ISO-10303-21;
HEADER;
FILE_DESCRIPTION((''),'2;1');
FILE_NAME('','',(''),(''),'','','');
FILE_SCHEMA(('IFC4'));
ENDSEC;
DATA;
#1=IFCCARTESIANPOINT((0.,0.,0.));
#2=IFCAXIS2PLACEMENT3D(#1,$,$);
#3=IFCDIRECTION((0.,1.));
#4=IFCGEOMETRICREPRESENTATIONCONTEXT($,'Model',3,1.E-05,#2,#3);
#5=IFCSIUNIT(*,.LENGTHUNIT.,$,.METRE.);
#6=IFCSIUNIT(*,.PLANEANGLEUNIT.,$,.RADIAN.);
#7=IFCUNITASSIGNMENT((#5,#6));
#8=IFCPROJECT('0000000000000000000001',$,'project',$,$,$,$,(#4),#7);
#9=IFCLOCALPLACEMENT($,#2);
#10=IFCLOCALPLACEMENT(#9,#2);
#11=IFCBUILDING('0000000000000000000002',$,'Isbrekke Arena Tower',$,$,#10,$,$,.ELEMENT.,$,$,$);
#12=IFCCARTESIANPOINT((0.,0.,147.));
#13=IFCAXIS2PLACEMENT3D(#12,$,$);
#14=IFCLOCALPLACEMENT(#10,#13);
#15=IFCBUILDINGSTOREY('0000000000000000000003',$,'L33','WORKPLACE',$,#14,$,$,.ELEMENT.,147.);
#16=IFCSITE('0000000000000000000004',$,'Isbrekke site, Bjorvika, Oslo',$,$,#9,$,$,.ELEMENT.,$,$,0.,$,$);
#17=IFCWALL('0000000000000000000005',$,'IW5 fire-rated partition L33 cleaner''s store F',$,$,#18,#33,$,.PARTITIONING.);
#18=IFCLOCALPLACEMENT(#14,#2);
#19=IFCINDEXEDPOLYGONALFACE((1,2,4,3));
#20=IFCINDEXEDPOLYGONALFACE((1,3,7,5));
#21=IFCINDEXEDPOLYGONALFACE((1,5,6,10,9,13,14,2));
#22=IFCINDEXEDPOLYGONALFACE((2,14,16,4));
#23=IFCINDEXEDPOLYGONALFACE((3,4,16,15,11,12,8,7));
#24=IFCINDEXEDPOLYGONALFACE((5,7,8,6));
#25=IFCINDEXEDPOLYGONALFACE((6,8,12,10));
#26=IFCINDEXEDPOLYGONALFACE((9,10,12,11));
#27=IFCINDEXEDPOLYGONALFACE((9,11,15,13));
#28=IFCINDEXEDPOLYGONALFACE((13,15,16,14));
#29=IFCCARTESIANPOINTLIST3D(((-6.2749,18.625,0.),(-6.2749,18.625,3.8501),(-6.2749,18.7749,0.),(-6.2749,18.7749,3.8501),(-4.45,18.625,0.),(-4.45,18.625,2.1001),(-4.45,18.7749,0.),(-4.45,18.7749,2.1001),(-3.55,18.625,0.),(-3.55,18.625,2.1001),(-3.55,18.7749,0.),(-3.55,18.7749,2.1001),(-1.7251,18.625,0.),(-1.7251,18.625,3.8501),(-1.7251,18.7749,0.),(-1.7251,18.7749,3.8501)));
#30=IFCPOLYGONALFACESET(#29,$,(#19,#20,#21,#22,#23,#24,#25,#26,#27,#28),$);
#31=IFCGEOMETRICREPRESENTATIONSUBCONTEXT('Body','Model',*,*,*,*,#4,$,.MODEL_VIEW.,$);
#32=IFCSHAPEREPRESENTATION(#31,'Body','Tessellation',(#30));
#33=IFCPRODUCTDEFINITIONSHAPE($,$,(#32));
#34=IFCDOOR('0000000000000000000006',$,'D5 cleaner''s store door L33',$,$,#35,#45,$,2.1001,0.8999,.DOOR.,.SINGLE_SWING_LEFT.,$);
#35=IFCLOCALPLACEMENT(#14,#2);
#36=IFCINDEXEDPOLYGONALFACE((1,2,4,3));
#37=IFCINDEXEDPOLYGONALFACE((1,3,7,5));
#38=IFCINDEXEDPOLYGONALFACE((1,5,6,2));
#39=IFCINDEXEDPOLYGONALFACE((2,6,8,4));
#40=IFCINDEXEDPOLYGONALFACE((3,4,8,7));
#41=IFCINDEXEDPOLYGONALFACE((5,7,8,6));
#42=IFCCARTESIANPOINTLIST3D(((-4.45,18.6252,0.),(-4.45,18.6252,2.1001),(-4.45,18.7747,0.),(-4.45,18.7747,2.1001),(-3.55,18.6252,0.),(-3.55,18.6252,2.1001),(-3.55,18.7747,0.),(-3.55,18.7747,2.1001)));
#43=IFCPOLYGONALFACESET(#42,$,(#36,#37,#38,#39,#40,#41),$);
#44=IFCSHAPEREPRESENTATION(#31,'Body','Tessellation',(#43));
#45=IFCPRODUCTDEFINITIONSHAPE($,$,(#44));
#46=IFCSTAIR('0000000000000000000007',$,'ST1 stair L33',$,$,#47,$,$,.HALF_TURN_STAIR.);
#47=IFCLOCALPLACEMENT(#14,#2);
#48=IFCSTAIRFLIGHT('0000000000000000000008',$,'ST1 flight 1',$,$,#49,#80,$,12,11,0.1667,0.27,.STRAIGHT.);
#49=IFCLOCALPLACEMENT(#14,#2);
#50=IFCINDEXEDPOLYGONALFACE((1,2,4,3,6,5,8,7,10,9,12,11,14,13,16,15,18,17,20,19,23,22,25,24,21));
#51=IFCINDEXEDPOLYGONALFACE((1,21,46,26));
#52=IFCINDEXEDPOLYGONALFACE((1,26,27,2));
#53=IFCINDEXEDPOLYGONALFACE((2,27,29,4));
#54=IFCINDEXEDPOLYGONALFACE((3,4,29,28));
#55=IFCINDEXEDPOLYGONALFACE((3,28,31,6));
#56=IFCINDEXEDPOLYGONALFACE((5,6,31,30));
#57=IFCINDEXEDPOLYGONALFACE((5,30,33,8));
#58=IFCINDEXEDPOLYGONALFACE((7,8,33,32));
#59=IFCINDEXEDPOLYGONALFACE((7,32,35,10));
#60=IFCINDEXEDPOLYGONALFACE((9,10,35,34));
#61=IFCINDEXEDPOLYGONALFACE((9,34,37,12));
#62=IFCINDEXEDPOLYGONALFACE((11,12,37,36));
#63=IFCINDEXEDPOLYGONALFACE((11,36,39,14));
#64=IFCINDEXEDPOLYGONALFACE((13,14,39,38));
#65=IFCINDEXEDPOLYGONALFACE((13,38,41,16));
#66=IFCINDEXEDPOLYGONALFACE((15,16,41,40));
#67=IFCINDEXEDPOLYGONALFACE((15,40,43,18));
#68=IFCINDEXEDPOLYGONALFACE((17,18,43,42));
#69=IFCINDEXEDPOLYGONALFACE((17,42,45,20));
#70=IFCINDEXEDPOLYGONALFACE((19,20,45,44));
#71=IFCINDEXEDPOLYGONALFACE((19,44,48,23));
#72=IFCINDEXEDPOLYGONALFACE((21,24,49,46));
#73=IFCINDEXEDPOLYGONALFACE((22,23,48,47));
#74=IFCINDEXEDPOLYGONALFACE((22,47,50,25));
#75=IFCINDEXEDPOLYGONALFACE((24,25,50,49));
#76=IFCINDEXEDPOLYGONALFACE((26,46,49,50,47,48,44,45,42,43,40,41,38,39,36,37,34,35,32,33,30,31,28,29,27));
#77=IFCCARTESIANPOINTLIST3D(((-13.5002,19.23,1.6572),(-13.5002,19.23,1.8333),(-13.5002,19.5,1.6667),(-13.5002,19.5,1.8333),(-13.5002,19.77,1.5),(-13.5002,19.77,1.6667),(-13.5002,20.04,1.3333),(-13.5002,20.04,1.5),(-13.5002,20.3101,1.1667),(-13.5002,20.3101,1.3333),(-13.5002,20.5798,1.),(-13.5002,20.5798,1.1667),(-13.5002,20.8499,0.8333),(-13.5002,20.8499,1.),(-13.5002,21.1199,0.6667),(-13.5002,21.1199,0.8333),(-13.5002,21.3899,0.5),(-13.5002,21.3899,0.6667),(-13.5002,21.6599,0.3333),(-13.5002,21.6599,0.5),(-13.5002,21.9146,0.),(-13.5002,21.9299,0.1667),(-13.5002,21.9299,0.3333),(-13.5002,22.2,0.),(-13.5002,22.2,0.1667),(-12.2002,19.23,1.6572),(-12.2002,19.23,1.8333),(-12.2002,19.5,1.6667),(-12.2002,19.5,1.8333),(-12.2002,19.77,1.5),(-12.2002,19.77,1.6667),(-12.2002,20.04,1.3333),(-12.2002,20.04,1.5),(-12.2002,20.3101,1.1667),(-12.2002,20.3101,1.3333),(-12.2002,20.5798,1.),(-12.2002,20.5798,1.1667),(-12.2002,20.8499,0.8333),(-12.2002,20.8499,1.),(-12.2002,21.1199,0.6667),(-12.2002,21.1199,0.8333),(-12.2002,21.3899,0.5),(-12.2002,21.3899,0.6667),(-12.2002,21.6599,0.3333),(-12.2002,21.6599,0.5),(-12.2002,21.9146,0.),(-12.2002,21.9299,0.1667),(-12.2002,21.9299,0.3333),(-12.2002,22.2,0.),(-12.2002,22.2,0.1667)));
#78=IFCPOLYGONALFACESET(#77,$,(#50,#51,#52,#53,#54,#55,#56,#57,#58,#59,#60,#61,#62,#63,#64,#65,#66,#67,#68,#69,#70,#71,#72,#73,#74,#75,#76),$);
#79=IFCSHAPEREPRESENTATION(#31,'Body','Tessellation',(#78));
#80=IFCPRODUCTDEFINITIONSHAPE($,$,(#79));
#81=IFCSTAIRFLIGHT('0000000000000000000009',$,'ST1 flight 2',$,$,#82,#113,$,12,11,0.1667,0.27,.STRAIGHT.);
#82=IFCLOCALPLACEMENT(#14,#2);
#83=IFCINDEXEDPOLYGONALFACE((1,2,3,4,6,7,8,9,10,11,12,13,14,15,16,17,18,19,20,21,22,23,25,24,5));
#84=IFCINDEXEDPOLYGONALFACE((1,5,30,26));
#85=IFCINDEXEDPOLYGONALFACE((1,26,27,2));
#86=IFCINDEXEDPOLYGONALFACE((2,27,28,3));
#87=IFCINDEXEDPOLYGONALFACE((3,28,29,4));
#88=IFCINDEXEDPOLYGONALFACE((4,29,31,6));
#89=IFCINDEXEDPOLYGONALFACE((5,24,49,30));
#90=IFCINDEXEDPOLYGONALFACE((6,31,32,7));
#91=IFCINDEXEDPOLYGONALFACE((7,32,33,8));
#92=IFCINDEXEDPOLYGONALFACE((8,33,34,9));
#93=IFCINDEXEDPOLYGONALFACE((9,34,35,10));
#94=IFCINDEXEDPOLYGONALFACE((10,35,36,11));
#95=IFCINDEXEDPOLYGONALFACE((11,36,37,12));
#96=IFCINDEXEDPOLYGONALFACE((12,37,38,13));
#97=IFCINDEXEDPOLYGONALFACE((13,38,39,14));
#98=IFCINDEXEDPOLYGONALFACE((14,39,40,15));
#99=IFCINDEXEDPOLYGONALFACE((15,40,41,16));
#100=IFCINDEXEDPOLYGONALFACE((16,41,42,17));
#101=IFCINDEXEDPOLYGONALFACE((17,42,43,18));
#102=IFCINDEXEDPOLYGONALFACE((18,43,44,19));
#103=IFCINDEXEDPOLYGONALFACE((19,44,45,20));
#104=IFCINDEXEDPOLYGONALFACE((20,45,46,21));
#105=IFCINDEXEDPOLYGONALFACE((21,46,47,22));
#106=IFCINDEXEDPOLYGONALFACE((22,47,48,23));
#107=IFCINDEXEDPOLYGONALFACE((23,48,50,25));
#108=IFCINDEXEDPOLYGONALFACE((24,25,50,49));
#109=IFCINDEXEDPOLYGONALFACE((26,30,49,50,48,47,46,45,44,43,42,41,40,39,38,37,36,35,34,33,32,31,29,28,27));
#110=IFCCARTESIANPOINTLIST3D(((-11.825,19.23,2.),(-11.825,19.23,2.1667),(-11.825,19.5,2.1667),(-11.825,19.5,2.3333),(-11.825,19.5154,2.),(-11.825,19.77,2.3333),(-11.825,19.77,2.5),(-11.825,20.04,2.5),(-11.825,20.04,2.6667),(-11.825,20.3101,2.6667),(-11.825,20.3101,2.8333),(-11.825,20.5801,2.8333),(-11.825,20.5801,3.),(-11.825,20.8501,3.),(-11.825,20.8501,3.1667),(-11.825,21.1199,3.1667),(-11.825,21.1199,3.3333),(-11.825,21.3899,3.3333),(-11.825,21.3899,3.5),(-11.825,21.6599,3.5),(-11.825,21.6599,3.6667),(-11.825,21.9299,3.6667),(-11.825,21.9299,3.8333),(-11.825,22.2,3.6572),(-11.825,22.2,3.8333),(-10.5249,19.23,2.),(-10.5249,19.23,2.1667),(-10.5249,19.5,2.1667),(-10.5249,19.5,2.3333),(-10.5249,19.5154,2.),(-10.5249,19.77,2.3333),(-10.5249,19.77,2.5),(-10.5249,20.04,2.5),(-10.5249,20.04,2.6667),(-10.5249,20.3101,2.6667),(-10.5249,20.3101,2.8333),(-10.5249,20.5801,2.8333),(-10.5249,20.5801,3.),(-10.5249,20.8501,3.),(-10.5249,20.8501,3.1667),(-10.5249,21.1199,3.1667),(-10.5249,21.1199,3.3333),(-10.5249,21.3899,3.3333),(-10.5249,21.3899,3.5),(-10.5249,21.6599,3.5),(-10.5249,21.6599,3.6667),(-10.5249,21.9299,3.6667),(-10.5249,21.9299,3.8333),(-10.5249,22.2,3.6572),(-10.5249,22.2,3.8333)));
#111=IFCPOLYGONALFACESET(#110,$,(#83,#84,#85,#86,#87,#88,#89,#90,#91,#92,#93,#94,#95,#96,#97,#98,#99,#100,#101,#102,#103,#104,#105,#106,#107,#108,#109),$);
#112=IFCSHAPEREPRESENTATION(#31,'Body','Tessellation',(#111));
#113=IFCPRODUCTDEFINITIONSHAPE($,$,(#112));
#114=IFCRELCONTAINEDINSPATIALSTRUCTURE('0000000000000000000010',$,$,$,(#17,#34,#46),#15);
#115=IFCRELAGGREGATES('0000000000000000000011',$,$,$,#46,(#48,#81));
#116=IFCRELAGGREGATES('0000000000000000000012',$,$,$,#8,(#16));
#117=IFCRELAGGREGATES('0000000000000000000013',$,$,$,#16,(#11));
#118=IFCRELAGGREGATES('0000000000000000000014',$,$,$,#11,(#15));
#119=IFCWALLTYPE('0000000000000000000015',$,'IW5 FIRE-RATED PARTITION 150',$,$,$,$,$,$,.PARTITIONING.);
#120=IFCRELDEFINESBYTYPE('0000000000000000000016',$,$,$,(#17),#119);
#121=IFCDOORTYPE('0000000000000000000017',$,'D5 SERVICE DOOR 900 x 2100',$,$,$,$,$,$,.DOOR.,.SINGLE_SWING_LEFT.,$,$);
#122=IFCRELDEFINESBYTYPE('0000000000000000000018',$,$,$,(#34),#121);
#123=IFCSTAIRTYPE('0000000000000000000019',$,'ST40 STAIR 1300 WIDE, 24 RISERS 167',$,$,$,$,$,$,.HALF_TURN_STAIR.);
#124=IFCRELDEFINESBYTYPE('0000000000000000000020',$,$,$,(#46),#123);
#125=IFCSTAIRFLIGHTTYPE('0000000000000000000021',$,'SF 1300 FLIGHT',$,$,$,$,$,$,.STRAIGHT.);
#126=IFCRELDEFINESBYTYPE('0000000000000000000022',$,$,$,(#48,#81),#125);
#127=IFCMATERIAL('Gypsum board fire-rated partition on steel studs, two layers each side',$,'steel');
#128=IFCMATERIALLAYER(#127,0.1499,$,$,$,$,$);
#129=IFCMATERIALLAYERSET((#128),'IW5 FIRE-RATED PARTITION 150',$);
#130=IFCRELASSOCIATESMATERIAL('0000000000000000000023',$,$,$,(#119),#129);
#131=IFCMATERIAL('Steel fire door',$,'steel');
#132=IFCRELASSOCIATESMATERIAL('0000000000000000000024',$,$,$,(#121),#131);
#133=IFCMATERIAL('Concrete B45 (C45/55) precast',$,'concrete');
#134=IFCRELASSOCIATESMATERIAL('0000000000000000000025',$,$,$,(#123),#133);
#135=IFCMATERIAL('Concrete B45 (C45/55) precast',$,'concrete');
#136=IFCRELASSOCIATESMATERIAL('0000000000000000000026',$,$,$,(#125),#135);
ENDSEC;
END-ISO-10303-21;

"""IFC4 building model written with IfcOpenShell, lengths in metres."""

from ifc_helpers import new_model, si_unit, direction, frame, frame_2d, origin, place, context, subcontext, project, spatial, polyline, rectangle, outline, extrude, material, layer, layer_set, type_object, element, fill, aggregate, save


model = new_model("IFC4")

# Units and contexts
model_context = context("Model", 3, precision=1e-05, world=origin(), true_north=direction((0.0, 1.0)))
body_context = subcontext(model_context, "Body", "Model", "MODEL_VIEW")
ifc_project = project(units=[si_unit("LENGTHUNIT", "METRE"), si_unit("PLANEANGLEUNIT", "RADIAN")], contexts=[model_context])

# Site, building, storey
site_placement = place(None, origin())
site = spatial("IfcSite", under=ifc_project, at=site_placement, Name="Isbrekke site, Bjorvika, Oslo", CompositionType="ELEMENT", RefElevation=0.0)
building_placement = place(site_placement, origin())
building = spatial("IfcBuilding", under=site, at=building_placement, Name="Isbrekke Arena Tower", CompositionType="ELEMENT")
storey_placement = place(building_placement, frame((0.0, 0.0, 147.0)))
storey = spatial("IfcBuildingStorey", under=building, at=storey_placement, Name="L33", Description="WORKPLACE", CompositionType="ELEMENT", Elevation=147.0)

# Wall, opening, door
ifc_material_1 = material(Name="Gypsum board fire-rated partition on steel studs, two layers each side", Category="steel")
ifc_layer_1 = layer(ifc_material_1, 0.1499)
ifc_layer_set_1 = layer_set([ifc_layer_1], Name="IW5 FIRE-RATED PARTITION 150")
wall_type_1 = type_object("IfcWallType", Name="IW5 FIRE-RATED PARTITION 150", PredefinedType="PARTITIONING", material=ifc_layer_set_1)
wall_1_placement = place(storey_placement, frame((-6.2749, 18.7, 0.0), z_axis=(0.0, 0.0, 1.0), x_axis=(1.0, 0.0, 0.0)))
wall_1 = element("IfcWall", 1, at=wall_1_placement, inside=storey, type_object=wall_type_1, Name="IW5 fire-rated partition L33 cleaner's store F", PredefinedType="PARTITIONING", context=body_context, shape_type="SweptSolid", body=[
    extrude(rectangle(XDim=4.5498, YDim=0.1499, at=frame_2d((2.2749, 0.0))), origin(), (0.0, 0.0, 1.0), 3.8501),
])
opening_1_placement = place(wall_1_placement, frame((1.825, 0.0, 0.0)))
opening_1 = element("IfcOpeningElement", 2, at=opening_1_placement, cuts=wall_1, PredefinedType="OPENING", context=body_context, shape_type="SweptSolid", body=[
    extrude(rectangle(XDim=0.8999, YDim=2.1001, at=frame_2d((0.45, 1.05))), frame((0.0, 0.0898, 0.0), z_axis=(0.0, -1.0, 0.0), x_axis=(1.0, 0.0, 0.0)), (0.0, 0.0, 1.0), 0.1797),
])
ifc_material_2 = material(Name="Steel fire door", Category="steel")
door_type_1 = type_object("IfcDoorType", Name="D5 SERVICE DOOR 900 x 2100", OperationType="SINGLE_SWING_LEFT", PredefinedType="DOOR", material=ifc_material_2)
door_1_placement = place(opening_1_placement, origin())
door_1 = element("IfcDoor", 3, at=door_1_placement, inside=storey, type_object=door_type_1, Name="D5 cleaner's store door L33", OperationType="SINGLE_SWING_LEFT", OverallHeight=2.1001, OverallWidth=0.8999, PredefinedType="DOOR", context=body_context, shape_type="SweptSolid", body=[
    extrude(rectangle(XDim=0.8999, YDim=2.1001, at=frame_2d((0.45, 1.05))), frame((0.0, 0.0747, 0.0), z_axis=(0.0, -1.0, 0.0), x_axis=(1.0, 0.0, 0.0)), (0.0, 0.0, 1.0), 0.1494),
])
fill(opening_1, door_1)

# Stair, stair flights
ifc_material_3 = material(Name="Concrete B45 (C45/55) precast", Category="concrete")
stair_type = type_object("IfcStairType", Name="ST40 STAIR 1300 WIDE, 24 RISERS 167", PredefinedType="HALF_TURN_STAIR", material=ifc_material_3)
stair_placement = place(storey_placement, origin())
stair = element("IfcStair", 4, at=stair_placement, inside=storey, type_object=stair_type, Name="ST1 stair L33", PredefinedType="HALF_TURN_STAIR")
ifc_material_4 = material(Name="Concrete B45 (C45/55) precast", Category="concrete")
stair_flight_type = type_object("IfcStairFlightType", Name="SF 1300 FLIGHT", PredefinedType="STRAIGHT", material=ifc_material_4)
stair_flight_1_placement = place(storey_placement, frame((-12.8501, 22.2, 0.0), z_axis=(0.0, 0.0, 1.0), x_axis=(0.0, -1.0, 0.0)))
stair_flight_1 = element("IfcStairFlight", 5, at=stair_flight_1_placement, type_object=stair_flight_type, Name="ST1 flight 1", NumberOfRisers=12, NumberOfTreads=11, PredefinedType="STRAIGHT", RiserHeight=0.1667, TreadLength=0.27, context=body_context, shape_type="SweptSolid", body=[
    extrude(outline(polyline([(0.0, 0.0), (0.0, 0.1667), (0.27, 0.1667), (0.27, 0.3333), (0.54, 0.3333), (0.54, 0.5), (0.8101, 0.5), (0.8101, 0.6667), (1.0801, 0.6667), (1.0801, 0.8333), (1.3501, 0.8333), (1.3501, 1.0), (1.6201, 1.0), (1.6201, 1.1667), (1.8899, 1.1667), (1.8899, 1.3333), (2.1599, 1.3333), (2.1599, 1.5), (2.4299, 1.5), (2.4299, 1.6667), (2.7, 1.6667), (2.7, 1.8333), (2.97, 1.8333), (2.97, 2.0), (2.97, 1.6572), (0.2854, 0.0), (0.0, 0.0)])), frame((0.0, 0.6499, 0.0), z_axis=(0.0, -1.0, 0.0), x_axis=(1.0, 0.0, 0.0)), (0.0, 0.0, 1.0), 1.3),
])
stair_flight_2_placement = place(storey_placement, frame((-11.175, 19.23, 2.0), z_axis=(0.0, 0.0, 1.0), x_axis=(0.0, 1.0, 0.0)))
stair_flight_2 = element("IfcStairFlight", 6, at=stair_flight_2_placement, type_object=stair_flight_type, Name="ST1 flight 2", NumberOfRisers=12, NumberOfTreads=11, PredefinedType="STRAIGHT", RiserHeight=0.1667, TreadLength=0.27, context=body_context, shape_type="SweptSolid", body=[
    extrude(outline(polyline([(0.0, 0.0), (0.0, 0.1667), (0.27, 0.1667), (0.27, 0.3333), (0.54, 0.3333), (0.54, 0.5), (0.8101, 0.5), (0.8101, 0.6667), (1.0801, 0.6667), (1.0801, 0.8333), (1.3501, 0.8333), (1.3501, 1.0), (1.6201, 1.0), (1.6201, 1.1667), (1.8899, 1.1667), (1.8899, 1.3333), (2.1599, 1.3333), (2.1599, 1.5), (2.4299, 1.5), (2.4299, 1.6667), (2.7, 1.6667), (2.7, 1.8333), (2.97, 1.8333), (2.97, 2.0), (2.97, 1.6572), (0.2854, 0.0), (0.0, 0.0)])), frame((0.0, 0.6499, 0.0), z_axis=(0.0, -1.0, 0.0), x_axis=(1.0, 0.0, 0.0)), (0.0, 0.0, 1.0), 1.3),
])
aggregate(stair, [stair_flight_1, stair_flight_2])

save(model, "model.ifc")
